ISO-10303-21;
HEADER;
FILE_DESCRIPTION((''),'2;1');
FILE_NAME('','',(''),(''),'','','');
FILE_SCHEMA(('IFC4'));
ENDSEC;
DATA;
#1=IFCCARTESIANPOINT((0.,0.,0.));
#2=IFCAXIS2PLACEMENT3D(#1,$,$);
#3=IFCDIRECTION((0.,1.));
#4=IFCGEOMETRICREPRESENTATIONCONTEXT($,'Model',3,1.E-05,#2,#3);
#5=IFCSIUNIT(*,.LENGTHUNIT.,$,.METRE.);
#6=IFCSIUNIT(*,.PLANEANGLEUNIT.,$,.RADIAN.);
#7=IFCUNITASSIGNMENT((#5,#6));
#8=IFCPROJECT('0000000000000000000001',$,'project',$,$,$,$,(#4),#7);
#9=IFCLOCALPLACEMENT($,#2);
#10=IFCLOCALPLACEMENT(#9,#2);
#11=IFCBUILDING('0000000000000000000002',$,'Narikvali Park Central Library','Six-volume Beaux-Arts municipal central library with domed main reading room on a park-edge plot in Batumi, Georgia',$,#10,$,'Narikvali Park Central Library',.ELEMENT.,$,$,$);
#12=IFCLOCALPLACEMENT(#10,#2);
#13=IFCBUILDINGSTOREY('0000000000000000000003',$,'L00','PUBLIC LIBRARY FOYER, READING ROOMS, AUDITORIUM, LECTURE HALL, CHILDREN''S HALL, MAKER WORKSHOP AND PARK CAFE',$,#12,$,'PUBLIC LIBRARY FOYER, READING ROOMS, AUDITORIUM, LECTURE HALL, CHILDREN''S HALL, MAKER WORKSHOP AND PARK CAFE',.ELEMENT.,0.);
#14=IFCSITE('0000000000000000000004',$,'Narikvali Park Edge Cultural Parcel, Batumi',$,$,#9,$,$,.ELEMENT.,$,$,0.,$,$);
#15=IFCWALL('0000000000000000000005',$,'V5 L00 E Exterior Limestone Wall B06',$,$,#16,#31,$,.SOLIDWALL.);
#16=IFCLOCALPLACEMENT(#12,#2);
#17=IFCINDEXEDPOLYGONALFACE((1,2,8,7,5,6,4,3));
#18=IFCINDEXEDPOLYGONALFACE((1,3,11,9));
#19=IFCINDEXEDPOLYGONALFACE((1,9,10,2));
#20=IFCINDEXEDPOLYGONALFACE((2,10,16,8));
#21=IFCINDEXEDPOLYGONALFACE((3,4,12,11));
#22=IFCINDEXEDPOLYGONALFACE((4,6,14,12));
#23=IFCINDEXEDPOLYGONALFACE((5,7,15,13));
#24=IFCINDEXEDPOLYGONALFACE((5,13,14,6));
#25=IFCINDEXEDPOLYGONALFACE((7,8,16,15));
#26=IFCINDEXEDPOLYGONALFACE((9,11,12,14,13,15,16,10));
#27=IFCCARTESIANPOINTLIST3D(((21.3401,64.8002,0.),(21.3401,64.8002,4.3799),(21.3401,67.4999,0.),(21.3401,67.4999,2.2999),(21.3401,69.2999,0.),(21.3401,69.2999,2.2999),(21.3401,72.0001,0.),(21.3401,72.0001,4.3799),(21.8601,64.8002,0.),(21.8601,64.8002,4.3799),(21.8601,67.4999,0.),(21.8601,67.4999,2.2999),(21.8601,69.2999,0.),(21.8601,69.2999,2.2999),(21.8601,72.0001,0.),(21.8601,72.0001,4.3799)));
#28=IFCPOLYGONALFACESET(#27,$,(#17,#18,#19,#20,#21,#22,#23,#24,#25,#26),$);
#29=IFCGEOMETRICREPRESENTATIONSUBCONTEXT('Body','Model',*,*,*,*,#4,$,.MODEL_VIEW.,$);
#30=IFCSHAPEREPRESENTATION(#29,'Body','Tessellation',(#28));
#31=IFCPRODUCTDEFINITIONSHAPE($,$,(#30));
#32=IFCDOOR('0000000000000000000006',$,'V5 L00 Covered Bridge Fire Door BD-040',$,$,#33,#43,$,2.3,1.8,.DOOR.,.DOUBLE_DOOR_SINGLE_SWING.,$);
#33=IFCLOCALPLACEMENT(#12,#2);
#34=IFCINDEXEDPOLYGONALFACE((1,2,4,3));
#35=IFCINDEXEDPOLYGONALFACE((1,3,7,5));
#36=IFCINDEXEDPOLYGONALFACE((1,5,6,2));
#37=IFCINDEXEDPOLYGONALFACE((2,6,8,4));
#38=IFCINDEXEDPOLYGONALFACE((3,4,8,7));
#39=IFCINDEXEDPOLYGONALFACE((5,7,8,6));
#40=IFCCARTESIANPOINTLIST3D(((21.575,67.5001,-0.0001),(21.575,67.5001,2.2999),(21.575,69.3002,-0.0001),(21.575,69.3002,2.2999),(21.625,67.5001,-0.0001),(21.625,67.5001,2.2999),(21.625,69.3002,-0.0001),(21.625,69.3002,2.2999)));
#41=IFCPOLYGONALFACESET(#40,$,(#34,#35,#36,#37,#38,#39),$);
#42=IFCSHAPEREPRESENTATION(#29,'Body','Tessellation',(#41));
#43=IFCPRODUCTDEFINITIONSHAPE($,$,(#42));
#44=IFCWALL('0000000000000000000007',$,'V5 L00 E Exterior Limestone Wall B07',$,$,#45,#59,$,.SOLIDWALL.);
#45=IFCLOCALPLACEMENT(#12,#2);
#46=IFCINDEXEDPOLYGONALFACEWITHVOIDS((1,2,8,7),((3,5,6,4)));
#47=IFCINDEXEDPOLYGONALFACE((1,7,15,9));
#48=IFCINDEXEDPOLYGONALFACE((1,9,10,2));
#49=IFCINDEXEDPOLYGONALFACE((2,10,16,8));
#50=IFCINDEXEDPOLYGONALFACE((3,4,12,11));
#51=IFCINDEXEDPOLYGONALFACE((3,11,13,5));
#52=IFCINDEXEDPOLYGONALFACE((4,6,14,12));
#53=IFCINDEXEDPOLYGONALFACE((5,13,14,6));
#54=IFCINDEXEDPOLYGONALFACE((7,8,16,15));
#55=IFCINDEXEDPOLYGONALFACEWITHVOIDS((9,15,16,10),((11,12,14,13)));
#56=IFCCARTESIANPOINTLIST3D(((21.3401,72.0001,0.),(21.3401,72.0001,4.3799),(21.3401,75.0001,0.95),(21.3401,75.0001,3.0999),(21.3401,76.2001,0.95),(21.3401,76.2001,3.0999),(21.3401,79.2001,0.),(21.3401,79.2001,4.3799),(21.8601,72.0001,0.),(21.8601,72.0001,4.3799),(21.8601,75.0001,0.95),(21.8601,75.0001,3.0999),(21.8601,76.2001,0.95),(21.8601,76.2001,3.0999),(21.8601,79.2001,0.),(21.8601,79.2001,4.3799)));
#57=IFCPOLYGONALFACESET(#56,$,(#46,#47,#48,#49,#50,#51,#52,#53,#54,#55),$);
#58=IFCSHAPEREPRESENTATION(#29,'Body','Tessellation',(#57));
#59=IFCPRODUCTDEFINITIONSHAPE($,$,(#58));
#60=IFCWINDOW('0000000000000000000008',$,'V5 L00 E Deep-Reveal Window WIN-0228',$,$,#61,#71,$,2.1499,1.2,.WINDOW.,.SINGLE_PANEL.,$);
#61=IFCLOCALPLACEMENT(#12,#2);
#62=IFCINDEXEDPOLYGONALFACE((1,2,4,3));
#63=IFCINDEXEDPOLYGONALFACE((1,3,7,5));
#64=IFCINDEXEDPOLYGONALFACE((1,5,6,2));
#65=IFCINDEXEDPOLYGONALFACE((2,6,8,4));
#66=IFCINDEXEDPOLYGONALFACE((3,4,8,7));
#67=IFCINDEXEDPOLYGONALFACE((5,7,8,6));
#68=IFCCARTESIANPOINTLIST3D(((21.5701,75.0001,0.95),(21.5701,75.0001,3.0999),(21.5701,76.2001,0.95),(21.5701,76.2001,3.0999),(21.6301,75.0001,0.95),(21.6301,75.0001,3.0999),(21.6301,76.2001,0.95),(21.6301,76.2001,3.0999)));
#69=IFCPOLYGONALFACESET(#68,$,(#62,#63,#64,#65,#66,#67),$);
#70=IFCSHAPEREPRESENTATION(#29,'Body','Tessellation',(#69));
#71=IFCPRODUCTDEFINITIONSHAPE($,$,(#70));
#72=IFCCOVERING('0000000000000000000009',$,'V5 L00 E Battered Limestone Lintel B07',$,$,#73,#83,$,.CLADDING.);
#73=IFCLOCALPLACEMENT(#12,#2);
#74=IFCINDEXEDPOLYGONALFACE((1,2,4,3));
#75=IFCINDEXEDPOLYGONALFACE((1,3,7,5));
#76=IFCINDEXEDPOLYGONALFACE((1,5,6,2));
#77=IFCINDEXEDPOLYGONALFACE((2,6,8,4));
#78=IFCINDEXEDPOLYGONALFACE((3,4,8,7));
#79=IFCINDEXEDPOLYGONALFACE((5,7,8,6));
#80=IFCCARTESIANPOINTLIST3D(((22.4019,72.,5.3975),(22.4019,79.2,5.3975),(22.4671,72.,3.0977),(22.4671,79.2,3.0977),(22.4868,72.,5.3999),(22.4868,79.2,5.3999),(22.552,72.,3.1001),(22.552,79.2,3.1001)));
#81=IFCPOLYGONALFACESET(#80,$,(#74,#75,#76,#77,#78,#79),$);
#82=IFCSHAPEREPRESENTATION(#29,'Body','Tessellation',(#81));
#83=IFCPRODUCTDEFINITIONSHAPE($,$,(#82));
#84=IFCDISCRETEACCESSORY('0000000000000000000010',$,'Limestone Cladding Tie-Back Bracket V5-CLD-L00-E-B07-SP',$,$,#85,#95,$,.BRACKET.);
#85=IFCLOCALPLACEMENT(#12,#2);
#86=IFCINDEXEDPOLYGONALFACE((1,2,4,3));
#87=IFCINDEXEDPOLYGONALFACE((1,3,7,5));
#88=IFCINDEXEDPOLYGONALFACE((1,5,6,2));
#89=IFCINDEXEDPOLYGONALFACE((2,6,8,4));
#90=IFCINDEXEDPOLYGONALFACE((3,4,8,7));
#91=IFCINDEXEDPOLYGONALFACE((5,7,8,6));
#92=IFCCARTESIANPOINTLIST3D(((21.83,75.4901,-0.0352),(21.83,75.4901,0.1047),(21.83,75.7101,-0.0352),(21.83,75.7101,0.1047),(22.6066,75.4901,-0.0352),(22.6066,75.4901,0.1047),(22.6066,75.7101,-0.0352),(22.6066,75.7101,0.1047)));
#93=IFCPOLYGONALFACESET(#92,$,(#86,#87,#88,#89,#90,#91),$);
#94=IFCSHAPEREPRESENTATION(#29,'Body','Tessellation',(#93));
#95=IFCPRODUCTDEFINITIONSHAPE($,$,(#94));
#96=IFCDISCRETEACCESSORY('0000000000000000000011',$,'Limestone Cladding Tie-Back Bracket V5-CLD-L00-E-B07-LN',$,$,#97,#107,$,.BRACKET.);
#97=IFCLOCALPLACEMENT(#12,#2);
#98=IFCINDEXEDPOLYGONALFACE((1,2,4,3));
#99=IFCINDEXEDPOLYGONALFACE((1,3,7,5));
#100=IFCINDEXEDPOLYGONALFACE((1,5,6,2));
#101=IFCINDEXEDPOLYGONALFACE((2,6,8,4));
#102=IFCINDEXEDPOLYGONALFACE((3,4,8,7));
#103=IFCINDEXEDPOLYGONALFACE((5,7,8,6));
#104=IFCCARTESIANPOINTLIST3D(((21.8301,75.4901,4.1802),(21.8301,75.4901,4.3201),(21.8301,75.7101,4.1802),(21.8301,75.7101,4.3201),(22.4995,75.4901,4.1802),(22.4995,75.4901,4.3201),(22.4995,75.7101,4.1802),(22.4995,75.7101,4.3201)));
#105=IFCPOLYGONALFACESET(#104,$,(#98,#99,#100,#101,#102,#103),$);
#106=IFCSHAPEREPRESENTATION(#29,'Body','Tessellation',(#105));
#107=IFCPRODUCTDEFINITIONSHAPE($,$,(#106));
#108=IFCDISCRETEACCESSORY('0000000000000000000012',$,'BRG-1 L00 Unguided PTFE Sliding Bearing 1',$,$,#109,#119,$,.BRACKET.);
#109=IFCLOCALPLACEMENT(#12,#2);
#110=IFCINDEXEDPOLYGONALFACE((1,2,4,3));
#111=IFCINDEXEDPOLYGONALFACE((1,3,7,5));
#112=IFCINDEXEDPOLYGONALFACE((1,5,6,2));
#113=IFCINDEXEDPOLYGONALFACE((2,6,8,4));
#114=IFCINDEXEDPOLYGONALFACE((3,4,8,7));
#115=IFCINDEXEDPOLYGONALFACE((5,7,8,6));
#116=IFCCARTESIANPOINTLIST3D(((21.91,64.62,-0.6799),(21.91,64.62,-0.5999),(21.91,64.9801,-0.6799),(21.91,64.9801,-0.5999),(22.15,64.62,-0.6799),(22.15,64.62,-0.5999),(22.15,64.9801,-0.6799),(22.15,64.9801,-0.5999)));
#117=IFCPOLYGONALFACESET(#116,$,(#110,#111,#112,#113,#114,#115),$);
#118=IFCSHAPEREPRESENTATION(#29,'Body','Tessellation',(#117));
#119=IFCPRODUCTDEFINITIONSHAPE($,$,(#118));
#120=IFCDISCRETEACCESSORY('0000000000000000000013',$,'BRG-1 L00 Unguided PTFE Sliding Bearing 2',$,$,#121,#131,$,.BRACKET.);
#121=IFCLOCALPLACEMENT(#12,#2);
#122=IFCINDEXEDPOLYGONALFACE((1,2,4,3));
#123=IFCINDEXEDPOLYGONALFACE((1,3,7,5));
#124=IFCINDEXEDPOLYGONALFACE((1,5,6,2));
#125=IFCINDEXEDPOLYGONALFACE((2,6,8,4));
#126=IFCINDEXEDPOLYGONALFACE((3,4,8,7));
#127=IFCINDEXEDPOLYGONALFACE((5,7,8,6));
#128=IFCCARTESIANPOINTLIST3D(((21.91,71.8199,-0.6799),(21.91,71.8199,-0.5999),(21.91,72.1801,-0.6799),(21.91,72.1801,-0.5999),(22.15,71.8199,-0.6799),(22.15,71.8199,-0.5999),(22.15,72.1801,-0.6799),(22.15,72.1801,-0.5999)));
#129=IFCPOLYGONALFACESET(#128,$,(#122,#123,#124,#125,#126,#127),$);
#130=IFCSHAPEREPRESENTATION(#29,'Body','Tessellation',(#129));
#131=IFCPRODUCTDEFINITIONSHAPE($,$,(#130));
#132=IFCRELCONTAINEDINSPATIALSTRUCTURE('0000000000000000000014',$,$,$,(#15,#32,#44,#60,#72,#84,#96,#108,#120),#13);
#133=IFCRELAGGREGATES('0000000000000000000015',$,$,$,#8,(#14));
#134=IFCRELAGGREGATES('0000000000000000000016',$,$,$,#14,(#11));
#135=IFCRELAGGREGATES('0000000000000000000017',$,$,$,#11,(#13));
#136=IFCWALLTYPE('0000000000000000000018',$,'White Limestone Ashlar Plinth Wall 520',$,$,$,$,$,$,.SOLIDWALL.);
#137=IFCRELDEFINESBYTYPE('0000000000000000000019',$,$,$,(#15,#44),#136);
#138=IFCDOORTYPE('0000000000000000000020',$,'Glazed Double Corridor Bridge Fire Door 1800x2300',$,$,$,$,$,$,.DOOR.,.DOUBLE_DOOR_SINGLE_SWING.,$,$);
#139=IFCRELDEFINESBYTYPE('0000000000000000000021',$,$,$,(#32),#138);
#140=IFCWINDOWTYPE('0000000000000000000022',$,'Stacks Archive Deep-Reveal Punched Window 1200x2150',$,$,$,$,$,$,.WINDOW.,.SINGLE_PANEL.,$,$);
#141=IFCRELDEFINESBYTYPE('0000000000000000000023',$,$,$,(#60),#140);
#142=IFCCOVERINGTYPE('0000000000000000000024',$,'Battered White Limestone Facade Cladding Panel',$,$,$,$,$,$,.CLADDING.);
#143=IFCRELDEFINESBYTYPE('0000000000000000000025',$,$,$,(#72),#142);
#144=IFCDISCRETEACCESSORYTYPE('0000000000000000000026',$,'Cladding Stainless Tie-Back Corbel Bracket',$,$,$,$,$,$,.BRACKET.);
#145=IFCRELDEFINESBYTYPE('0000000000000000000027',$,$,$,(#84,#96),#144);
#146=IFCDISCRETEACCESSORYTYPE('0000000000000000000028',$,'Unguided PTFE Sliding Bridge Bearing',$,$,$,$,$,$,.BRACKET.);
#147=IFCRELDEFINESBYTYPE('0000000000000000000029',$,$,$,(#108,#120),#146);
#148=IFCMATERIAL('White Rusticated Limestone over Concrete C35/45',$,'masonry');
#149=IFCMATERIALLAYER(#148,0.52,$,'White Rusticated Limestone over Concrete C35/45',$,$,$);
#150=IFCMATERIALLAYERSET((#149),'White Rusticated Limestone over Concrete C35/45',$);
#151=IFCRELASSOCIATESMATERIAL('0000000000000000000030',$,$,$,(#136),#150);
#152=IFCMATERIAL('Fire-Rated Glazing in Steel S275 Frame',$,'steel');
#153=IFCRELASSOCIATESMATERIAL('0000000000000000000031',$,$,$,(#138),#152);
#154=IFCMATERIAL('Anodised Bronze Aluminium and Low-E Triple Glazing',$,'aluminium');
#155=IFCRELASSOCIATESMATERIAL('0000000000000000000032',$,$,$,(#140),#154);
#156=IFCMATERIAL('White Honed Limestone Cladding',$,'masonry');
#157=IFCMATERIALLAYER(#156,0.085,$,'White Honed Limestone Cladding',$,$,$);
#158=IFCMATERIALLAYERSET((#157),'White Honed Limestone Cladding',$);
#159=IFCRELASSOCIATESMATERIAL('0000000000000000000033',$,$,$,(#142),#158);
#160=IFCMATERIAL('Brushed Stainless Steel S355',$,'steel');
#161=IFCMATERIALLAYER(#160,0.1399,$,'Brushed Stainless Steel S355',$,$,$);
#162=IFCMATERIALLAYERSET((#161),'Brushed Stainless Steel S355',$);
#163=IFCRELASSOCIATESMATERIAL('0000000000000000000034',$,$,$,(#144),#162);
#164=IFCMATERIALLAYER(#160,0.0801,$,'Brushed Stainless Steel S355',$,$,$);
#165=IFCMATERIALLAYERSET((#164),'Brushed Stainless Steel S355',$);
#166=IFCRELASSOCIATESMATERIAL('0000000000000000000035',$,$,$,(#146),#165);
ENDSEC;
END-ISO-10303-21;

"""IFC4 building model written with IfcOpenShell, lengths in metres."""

from ifc_helpers import new_model, si_unit, direction, frame, frame_2d, origin, origin_2d, place, context, subcontext, project, spatial, polyline, rectangle, outline, extrude, material, layer, layer_set, type_object, element, fill, save


model = new_model("IFC4")

# Units and contexts
model_context = context("Model", 3, precision=1e-05, world=origin(), true_north=direction((0.0, 1.0)))
body_context = subcontext(model_context, "Body", "Model", "MODEL_VIEW")
ifc_project = project(units=[si_unit("LENGTHUNIT", "METRE"), si_unit("PLANEANGLEUNIT", "RADIAN")], contexts=[model_context])

# Site, building, storey
site_placement = place(None, origin())
site = spatial("IfcSite", under=ifc_project, at=site_placement, Name="Narikvali Park Edge Cultural Parcel, Batumi", CompositionType="ELEMENT", RefElevation=0.0)
building_placement = place(site_placement, origin())
building = spatial("IfcBuilding", under=site, at=building_placement, Name="Narikvali Park Central Library", Description="Six-volume Beaux-Arts municipal central library with domed main reading room on a park-edge plot in Batumi, Georgia", LongName="Narikvali Park Central Library", CompositionType="ELEMENT")
storey_placement = place(building_placement, origin())
storey = spatial("IfcBuildingStorey", under=building, at=storey_placement, Name="L00", Description="PUBLIC LIBRARY FOYER, READING ROOMS, AUDITORIUM, LECTURE HALL, CHILDREN'S HALL, MAKER WORKSHOP AND PARK CAFE", LongName="PUBLIC LIBRARY FOYER, READING ROOMS, AUDITORIUM, LECTURE HALL, CHILDREN'S HALL, MAKER WORKSHOP AND PARK CAFE", CompositionType="ELEMENT", Elevation=0.0)

# Wall, opening, door
ifc_material_1 = material(Name="White Rusticated Limestone over Concrete C35/45", Category="masonry")
ifc_layer_1 = layer(ifc_material_1, 0.52, Name="White Rusticated Limestone over Concrete C35/45")
ifc_layer_set_1 = layer_set([ifc_layer_1], Name="White Rusticated Limestone over Concrete C35/45")
wall_type_1 = type_object("IfcWallType", Name="White Limestone Ashlar Plinth Wall 520", PredefinedType="SOLIDWALL", material=ifc_layer_set_1)
wall_1_placement = place(storey_placement, frame((21.6001, 64.8, 0.0), z_axis=(0.0, 0.0, 1.0), x_axis=(0.0, 1.0, 0.0)))
wall_1 = element("IfcWall", 1, at=wall_1_placement, inside=storey, type_object=wall_type_1, Name="V5 L00 E Exterior Limestone Wall B06", PredefinedType="SOLIDWALL", context=body_context, shape_type="SweptSolid", body=[
    extrude(rectangle(XDim=7.2, YDim=0.52, at=frame_2d((3.6001, 0.0))), origin(), (0.0, 0.0, 1.0), 4.3799),
])
opening_1_placement = place(wall_1_placement, frame((2.7, 0.0, 0.0)))
opening_1 = element("IfcOpeningElement", 2, at=opening_1_placement, cuts=wall_1, PredefinedType="OPENING", context=body_context, shape_type="SweptSolid", body=[
    extrude(rectangle(XDim=1.8, YDim=2.3, at=frame_2d((0.8999, 1.1499))), frame((0.0, 0.272, 0.0), z_axis=(0.0, -1.0, 0.0), x_axis=(1.0, 0.0, 0.0)), (0.0, 0.0, 1.0), 0.5439),
])
ifc_material_2 = material(Name="Fire-Rated Glazing in Steel S275 Frame", Category="steel")
door_type = type_object("IfcDoorType", Name="Glazed Double Corridor Bridge Fire Door 1800x2300", OperationType="DOUBLE_DOOR_SINGLE_SWING", PredefinedType="DOOR", material=ifc_material_2)
door_placement = place(opening_1_placement, frame((1.8, 0.0, 0.0), z_axis=(0.0, 0.0, 1.0), x_axis=(-1.0, 0.0, 0.0)))
door = element("IfcDoor", 3, at=door_placement, inside=storey, type_object=door_type, Name="V5 L00 Covered Bridge Fire Door BD-040", OperationType="DOUBLE_DOOR_SINGLE_SWING", OverallHeight=2.3, OverallWidth=1.8, PredefinedType="DOOR", context=body_context, shape_type="SweptSolid", body=[
    extrude(rectangle(XDim=1.8, YDim=2.3, at=frame_2d((0.8999, 1.1499))), frame((0.0, 0.0249, 0.0), z_axis=(0.0, -1.0, 0.0), x_axis=(1.0, 0.0, 0.0)), (0.0, 0.0, 1.0), 0.05),
])
fill(opening_1, door)

# Wall, opening, window
wall_2_placement = place(storey_placement, frame((21.6001, 72.0, 0.0), z_axis=(0.0, 0.0, 1.0), x_axis=(0.0, 1.0, 0.0)))
wall_2 = element("IfcWall", 4, at=wall_2_placement, inside=storey, type_object=wall_type_1, Name="V5 L00 E Exterior Limestone Wall B07", PredefinedType="SOLIDWALL", context=body_context, shape_type="SweptSolid", body=[
    extrude(rectangle(XDim=7.2, YDim=0.52, at=frame_2d((3.6001, 0.0))), origin(), (0.0, 0.0, 1.0), 4.3799),
])
opening_2_placement = place(wall_2_placement, frame((3.0, 0.0, 0.95)))
opening_2 = element("IfcOpeningElement", 5, at=opening_2_placement, cuts=wall_2, PredefinedType="OPENING", context=body_context, shape_type="SweptSolid", body=[
    extrude(rectangle(XDim=1.2, YDim=2.1499, at=frame_2d((0.6001, 1.075))), frame((0.0, 0.272, 0.0), z_axis=(0.0, -1.0, 0.0), x_axis=(1.0, 0.0, 0.0)), (0.0, 0.0, 1.0), 0.5439),
])
ifc_material_3 = material(Name="Anodised Bronze Aluminium and Low-E Triple Glazing", Category="aluminium")
window_type = type_object("IfcWindowType", Name="Stacks Archive Deep-Reveal Punched Window 1200x2150", PartitioningType="SINGLE_PANEL", PredefinedType="WINDOW", material=ifc_material_3)
window_placement = place(opening_2_placement, origin())
window = element("IfcWindow", 6, at=window_placement, inside=storey, type_object=window_type, Name="V5 L00 E Deep-Reveal Window WIN-0228", OverallHeight=2.1499, OverallWidth=1.2, PartitioningType="SINGLE_PANEL", PredefinedType="WINDOW", context=body_context, shape_type="SweptSolid", body=[
    extrude(rectangle(XDim=1.2, YDim=2.1499, at=frame_2d((0.6001, 1.075))), frame((0.0, 0.03, 0.0), z_axis=(0.0, -1.0, 0.0), x_axis=(1.0, 0.0, 0.0)), (0.0, 0.0, 1.0), 0.0601),
])
fill(opening_2, window)

# Covering
ifc_material_4 = material(Name="White Honed Limestone Cladding", Category="masonry")
ifc_layer_2 = layer(ifc_material_4, 0.085, Name="White Honed Limestone Cladding")
ifc_layer_set_2 = layer_set([ifc_layer_2], Name="White Honed Limestone Cladding")
covering_type = type_object("IfcCoveringType", Name="Battered White Limestone Facade Cladding Panel", PredefinedType="CLADDING", material=ifc_layer_set_2)
covering_placement = place(storey_placement, frame((22.552, 72.0, 3.1001), z_axis=(0.999599, 0.0, 0.028333), x_axis=(0.0, 1.0, 0.0)))
element("IfcCovering", 7, at=covering_placement, inside=storey, type_object=covering_type, Name="V5 L00 E Battered Limestone Lintel B07", PredefinedType="CLADDING", context=body_context, shape_type="SweptSolid", body=[
    extrude(outline(polyline([(0.0, 0.0), (7.2, 0.0), (7.2, 2.3007), (0.0, 2.3007), (0.0, 0.0)])), origin(), (0.0, 0.0, -1.0), 0.085),
])

# Discrete accessories
ifc_material_5 = material(Name="Brushed Stainless Steel S355", Category="steel")
ifc_layer_3 = layer(ifc_material_5, 0.1399, Name="Brushed Stainless Steel S355")
ifc_layer_set_3 = layer_set([ifc_layer_3], Name="Brushed Stainless Steel S355")
discrete_accessory_type_1 = type_object("IfcDiscreteAccessoryType", Name="Cladding Stainless Tie-Back Corbel Bracket", PredefinedType="BRACKET", material=ifc_layer_set_3)
discrete_accessory_1_placement = place(storey_placement, frame((22.2183, 75.6001, -0.0352), z_axis=(0.0, 0.0, 1.0), x_axis=(1.0, 0.0, 0.0)))
element("IfcDiscreteAccessory", 8, at=discrete_accessory_1_placement, inside=storey, type_object=discrete_accessory_type_1, Name="Limestone Cladding Tie-Back Bracket V5-CLD-L00-E-B07-SP", PredefinedType="BRACKET", context=body_context, shape_type="SweptSolid", body=[
    extrude(rectangle(XDim=0.7766, YDim=0.22, at=origin_2d()), origin(), (0.0, 0.0, 1.0), 0.1399),
])
discrete_accessory_2_placement = place(storey_placement, frame((22.1648, 75.6001, 4.1802), z_axis=(0.0, 0.0, 1.0), x_axis=(1.0, 0.0, 0.0)))
element("IfcDiscreteAccessory", 9, at=discrete_accessory_2_placement, inside=storey, type_object=discrete_accessory_type_1, Name="Limestone Cladding Tie-Back Bracket V5-CLD-L00-E-B07-LN", PredefinedType="BRACKET", context=body_context, shape_type="SweptSolid", body=[
    extrude(rectangle(XDim=0.6694, YDim=0.22, at=origin_2d()), origin(), (0.0, 0.0, 1.0), 0.1399),
])
ifc_layer_4 = layer(ifc_material_5, 0.0801, Name="Brushed Stainless Steel S355")
ifc_layer_set_4 = layer_set([ifc_layer_4], Name="Brushed Stainless Steel S355")
discrete_accessory_type_2 = type_object("IfcDiscreteAccessoryType", Name="Unguided PTFE Sliding Bridge Bearing", PredefinedType="BRACKET", material=ifc_layer_set_4)
for number, where, z_axis, x_axis, name in (
    (10, (22.03, 64.8, -0.6799), (0.0, 0.0, 1.0), (1.0, 0.0, 0.0), "BRG-1 L00 Unguided PTFE Sliding Bearing 1"),
    (11, (22.03, 72.0, -0.6799), (0.0, 0.0, 1.0), (1.0, 0.0, 0.0), "BRG-1 L00 Unguided PTFE Sliding Bearing 2"),
):
    element("IfcDiscreteAccessory", number, at=place(storey_placement, frame(where, z_axis=z_axis, x_axis=x_axis)), inside=storey, type_object=discrete_accessory_type_2, Name=name, PredefinedType="BRACKET", context=body_context, shape_type="SweptSolid", body=[
        extrude(rectangle(XDim=0.24, YDim=0.3601, at=origin_2d()), origin(), (0.0, 0.0, 1.0), 0.0801),
    ])

save(model, "model.ifc")
